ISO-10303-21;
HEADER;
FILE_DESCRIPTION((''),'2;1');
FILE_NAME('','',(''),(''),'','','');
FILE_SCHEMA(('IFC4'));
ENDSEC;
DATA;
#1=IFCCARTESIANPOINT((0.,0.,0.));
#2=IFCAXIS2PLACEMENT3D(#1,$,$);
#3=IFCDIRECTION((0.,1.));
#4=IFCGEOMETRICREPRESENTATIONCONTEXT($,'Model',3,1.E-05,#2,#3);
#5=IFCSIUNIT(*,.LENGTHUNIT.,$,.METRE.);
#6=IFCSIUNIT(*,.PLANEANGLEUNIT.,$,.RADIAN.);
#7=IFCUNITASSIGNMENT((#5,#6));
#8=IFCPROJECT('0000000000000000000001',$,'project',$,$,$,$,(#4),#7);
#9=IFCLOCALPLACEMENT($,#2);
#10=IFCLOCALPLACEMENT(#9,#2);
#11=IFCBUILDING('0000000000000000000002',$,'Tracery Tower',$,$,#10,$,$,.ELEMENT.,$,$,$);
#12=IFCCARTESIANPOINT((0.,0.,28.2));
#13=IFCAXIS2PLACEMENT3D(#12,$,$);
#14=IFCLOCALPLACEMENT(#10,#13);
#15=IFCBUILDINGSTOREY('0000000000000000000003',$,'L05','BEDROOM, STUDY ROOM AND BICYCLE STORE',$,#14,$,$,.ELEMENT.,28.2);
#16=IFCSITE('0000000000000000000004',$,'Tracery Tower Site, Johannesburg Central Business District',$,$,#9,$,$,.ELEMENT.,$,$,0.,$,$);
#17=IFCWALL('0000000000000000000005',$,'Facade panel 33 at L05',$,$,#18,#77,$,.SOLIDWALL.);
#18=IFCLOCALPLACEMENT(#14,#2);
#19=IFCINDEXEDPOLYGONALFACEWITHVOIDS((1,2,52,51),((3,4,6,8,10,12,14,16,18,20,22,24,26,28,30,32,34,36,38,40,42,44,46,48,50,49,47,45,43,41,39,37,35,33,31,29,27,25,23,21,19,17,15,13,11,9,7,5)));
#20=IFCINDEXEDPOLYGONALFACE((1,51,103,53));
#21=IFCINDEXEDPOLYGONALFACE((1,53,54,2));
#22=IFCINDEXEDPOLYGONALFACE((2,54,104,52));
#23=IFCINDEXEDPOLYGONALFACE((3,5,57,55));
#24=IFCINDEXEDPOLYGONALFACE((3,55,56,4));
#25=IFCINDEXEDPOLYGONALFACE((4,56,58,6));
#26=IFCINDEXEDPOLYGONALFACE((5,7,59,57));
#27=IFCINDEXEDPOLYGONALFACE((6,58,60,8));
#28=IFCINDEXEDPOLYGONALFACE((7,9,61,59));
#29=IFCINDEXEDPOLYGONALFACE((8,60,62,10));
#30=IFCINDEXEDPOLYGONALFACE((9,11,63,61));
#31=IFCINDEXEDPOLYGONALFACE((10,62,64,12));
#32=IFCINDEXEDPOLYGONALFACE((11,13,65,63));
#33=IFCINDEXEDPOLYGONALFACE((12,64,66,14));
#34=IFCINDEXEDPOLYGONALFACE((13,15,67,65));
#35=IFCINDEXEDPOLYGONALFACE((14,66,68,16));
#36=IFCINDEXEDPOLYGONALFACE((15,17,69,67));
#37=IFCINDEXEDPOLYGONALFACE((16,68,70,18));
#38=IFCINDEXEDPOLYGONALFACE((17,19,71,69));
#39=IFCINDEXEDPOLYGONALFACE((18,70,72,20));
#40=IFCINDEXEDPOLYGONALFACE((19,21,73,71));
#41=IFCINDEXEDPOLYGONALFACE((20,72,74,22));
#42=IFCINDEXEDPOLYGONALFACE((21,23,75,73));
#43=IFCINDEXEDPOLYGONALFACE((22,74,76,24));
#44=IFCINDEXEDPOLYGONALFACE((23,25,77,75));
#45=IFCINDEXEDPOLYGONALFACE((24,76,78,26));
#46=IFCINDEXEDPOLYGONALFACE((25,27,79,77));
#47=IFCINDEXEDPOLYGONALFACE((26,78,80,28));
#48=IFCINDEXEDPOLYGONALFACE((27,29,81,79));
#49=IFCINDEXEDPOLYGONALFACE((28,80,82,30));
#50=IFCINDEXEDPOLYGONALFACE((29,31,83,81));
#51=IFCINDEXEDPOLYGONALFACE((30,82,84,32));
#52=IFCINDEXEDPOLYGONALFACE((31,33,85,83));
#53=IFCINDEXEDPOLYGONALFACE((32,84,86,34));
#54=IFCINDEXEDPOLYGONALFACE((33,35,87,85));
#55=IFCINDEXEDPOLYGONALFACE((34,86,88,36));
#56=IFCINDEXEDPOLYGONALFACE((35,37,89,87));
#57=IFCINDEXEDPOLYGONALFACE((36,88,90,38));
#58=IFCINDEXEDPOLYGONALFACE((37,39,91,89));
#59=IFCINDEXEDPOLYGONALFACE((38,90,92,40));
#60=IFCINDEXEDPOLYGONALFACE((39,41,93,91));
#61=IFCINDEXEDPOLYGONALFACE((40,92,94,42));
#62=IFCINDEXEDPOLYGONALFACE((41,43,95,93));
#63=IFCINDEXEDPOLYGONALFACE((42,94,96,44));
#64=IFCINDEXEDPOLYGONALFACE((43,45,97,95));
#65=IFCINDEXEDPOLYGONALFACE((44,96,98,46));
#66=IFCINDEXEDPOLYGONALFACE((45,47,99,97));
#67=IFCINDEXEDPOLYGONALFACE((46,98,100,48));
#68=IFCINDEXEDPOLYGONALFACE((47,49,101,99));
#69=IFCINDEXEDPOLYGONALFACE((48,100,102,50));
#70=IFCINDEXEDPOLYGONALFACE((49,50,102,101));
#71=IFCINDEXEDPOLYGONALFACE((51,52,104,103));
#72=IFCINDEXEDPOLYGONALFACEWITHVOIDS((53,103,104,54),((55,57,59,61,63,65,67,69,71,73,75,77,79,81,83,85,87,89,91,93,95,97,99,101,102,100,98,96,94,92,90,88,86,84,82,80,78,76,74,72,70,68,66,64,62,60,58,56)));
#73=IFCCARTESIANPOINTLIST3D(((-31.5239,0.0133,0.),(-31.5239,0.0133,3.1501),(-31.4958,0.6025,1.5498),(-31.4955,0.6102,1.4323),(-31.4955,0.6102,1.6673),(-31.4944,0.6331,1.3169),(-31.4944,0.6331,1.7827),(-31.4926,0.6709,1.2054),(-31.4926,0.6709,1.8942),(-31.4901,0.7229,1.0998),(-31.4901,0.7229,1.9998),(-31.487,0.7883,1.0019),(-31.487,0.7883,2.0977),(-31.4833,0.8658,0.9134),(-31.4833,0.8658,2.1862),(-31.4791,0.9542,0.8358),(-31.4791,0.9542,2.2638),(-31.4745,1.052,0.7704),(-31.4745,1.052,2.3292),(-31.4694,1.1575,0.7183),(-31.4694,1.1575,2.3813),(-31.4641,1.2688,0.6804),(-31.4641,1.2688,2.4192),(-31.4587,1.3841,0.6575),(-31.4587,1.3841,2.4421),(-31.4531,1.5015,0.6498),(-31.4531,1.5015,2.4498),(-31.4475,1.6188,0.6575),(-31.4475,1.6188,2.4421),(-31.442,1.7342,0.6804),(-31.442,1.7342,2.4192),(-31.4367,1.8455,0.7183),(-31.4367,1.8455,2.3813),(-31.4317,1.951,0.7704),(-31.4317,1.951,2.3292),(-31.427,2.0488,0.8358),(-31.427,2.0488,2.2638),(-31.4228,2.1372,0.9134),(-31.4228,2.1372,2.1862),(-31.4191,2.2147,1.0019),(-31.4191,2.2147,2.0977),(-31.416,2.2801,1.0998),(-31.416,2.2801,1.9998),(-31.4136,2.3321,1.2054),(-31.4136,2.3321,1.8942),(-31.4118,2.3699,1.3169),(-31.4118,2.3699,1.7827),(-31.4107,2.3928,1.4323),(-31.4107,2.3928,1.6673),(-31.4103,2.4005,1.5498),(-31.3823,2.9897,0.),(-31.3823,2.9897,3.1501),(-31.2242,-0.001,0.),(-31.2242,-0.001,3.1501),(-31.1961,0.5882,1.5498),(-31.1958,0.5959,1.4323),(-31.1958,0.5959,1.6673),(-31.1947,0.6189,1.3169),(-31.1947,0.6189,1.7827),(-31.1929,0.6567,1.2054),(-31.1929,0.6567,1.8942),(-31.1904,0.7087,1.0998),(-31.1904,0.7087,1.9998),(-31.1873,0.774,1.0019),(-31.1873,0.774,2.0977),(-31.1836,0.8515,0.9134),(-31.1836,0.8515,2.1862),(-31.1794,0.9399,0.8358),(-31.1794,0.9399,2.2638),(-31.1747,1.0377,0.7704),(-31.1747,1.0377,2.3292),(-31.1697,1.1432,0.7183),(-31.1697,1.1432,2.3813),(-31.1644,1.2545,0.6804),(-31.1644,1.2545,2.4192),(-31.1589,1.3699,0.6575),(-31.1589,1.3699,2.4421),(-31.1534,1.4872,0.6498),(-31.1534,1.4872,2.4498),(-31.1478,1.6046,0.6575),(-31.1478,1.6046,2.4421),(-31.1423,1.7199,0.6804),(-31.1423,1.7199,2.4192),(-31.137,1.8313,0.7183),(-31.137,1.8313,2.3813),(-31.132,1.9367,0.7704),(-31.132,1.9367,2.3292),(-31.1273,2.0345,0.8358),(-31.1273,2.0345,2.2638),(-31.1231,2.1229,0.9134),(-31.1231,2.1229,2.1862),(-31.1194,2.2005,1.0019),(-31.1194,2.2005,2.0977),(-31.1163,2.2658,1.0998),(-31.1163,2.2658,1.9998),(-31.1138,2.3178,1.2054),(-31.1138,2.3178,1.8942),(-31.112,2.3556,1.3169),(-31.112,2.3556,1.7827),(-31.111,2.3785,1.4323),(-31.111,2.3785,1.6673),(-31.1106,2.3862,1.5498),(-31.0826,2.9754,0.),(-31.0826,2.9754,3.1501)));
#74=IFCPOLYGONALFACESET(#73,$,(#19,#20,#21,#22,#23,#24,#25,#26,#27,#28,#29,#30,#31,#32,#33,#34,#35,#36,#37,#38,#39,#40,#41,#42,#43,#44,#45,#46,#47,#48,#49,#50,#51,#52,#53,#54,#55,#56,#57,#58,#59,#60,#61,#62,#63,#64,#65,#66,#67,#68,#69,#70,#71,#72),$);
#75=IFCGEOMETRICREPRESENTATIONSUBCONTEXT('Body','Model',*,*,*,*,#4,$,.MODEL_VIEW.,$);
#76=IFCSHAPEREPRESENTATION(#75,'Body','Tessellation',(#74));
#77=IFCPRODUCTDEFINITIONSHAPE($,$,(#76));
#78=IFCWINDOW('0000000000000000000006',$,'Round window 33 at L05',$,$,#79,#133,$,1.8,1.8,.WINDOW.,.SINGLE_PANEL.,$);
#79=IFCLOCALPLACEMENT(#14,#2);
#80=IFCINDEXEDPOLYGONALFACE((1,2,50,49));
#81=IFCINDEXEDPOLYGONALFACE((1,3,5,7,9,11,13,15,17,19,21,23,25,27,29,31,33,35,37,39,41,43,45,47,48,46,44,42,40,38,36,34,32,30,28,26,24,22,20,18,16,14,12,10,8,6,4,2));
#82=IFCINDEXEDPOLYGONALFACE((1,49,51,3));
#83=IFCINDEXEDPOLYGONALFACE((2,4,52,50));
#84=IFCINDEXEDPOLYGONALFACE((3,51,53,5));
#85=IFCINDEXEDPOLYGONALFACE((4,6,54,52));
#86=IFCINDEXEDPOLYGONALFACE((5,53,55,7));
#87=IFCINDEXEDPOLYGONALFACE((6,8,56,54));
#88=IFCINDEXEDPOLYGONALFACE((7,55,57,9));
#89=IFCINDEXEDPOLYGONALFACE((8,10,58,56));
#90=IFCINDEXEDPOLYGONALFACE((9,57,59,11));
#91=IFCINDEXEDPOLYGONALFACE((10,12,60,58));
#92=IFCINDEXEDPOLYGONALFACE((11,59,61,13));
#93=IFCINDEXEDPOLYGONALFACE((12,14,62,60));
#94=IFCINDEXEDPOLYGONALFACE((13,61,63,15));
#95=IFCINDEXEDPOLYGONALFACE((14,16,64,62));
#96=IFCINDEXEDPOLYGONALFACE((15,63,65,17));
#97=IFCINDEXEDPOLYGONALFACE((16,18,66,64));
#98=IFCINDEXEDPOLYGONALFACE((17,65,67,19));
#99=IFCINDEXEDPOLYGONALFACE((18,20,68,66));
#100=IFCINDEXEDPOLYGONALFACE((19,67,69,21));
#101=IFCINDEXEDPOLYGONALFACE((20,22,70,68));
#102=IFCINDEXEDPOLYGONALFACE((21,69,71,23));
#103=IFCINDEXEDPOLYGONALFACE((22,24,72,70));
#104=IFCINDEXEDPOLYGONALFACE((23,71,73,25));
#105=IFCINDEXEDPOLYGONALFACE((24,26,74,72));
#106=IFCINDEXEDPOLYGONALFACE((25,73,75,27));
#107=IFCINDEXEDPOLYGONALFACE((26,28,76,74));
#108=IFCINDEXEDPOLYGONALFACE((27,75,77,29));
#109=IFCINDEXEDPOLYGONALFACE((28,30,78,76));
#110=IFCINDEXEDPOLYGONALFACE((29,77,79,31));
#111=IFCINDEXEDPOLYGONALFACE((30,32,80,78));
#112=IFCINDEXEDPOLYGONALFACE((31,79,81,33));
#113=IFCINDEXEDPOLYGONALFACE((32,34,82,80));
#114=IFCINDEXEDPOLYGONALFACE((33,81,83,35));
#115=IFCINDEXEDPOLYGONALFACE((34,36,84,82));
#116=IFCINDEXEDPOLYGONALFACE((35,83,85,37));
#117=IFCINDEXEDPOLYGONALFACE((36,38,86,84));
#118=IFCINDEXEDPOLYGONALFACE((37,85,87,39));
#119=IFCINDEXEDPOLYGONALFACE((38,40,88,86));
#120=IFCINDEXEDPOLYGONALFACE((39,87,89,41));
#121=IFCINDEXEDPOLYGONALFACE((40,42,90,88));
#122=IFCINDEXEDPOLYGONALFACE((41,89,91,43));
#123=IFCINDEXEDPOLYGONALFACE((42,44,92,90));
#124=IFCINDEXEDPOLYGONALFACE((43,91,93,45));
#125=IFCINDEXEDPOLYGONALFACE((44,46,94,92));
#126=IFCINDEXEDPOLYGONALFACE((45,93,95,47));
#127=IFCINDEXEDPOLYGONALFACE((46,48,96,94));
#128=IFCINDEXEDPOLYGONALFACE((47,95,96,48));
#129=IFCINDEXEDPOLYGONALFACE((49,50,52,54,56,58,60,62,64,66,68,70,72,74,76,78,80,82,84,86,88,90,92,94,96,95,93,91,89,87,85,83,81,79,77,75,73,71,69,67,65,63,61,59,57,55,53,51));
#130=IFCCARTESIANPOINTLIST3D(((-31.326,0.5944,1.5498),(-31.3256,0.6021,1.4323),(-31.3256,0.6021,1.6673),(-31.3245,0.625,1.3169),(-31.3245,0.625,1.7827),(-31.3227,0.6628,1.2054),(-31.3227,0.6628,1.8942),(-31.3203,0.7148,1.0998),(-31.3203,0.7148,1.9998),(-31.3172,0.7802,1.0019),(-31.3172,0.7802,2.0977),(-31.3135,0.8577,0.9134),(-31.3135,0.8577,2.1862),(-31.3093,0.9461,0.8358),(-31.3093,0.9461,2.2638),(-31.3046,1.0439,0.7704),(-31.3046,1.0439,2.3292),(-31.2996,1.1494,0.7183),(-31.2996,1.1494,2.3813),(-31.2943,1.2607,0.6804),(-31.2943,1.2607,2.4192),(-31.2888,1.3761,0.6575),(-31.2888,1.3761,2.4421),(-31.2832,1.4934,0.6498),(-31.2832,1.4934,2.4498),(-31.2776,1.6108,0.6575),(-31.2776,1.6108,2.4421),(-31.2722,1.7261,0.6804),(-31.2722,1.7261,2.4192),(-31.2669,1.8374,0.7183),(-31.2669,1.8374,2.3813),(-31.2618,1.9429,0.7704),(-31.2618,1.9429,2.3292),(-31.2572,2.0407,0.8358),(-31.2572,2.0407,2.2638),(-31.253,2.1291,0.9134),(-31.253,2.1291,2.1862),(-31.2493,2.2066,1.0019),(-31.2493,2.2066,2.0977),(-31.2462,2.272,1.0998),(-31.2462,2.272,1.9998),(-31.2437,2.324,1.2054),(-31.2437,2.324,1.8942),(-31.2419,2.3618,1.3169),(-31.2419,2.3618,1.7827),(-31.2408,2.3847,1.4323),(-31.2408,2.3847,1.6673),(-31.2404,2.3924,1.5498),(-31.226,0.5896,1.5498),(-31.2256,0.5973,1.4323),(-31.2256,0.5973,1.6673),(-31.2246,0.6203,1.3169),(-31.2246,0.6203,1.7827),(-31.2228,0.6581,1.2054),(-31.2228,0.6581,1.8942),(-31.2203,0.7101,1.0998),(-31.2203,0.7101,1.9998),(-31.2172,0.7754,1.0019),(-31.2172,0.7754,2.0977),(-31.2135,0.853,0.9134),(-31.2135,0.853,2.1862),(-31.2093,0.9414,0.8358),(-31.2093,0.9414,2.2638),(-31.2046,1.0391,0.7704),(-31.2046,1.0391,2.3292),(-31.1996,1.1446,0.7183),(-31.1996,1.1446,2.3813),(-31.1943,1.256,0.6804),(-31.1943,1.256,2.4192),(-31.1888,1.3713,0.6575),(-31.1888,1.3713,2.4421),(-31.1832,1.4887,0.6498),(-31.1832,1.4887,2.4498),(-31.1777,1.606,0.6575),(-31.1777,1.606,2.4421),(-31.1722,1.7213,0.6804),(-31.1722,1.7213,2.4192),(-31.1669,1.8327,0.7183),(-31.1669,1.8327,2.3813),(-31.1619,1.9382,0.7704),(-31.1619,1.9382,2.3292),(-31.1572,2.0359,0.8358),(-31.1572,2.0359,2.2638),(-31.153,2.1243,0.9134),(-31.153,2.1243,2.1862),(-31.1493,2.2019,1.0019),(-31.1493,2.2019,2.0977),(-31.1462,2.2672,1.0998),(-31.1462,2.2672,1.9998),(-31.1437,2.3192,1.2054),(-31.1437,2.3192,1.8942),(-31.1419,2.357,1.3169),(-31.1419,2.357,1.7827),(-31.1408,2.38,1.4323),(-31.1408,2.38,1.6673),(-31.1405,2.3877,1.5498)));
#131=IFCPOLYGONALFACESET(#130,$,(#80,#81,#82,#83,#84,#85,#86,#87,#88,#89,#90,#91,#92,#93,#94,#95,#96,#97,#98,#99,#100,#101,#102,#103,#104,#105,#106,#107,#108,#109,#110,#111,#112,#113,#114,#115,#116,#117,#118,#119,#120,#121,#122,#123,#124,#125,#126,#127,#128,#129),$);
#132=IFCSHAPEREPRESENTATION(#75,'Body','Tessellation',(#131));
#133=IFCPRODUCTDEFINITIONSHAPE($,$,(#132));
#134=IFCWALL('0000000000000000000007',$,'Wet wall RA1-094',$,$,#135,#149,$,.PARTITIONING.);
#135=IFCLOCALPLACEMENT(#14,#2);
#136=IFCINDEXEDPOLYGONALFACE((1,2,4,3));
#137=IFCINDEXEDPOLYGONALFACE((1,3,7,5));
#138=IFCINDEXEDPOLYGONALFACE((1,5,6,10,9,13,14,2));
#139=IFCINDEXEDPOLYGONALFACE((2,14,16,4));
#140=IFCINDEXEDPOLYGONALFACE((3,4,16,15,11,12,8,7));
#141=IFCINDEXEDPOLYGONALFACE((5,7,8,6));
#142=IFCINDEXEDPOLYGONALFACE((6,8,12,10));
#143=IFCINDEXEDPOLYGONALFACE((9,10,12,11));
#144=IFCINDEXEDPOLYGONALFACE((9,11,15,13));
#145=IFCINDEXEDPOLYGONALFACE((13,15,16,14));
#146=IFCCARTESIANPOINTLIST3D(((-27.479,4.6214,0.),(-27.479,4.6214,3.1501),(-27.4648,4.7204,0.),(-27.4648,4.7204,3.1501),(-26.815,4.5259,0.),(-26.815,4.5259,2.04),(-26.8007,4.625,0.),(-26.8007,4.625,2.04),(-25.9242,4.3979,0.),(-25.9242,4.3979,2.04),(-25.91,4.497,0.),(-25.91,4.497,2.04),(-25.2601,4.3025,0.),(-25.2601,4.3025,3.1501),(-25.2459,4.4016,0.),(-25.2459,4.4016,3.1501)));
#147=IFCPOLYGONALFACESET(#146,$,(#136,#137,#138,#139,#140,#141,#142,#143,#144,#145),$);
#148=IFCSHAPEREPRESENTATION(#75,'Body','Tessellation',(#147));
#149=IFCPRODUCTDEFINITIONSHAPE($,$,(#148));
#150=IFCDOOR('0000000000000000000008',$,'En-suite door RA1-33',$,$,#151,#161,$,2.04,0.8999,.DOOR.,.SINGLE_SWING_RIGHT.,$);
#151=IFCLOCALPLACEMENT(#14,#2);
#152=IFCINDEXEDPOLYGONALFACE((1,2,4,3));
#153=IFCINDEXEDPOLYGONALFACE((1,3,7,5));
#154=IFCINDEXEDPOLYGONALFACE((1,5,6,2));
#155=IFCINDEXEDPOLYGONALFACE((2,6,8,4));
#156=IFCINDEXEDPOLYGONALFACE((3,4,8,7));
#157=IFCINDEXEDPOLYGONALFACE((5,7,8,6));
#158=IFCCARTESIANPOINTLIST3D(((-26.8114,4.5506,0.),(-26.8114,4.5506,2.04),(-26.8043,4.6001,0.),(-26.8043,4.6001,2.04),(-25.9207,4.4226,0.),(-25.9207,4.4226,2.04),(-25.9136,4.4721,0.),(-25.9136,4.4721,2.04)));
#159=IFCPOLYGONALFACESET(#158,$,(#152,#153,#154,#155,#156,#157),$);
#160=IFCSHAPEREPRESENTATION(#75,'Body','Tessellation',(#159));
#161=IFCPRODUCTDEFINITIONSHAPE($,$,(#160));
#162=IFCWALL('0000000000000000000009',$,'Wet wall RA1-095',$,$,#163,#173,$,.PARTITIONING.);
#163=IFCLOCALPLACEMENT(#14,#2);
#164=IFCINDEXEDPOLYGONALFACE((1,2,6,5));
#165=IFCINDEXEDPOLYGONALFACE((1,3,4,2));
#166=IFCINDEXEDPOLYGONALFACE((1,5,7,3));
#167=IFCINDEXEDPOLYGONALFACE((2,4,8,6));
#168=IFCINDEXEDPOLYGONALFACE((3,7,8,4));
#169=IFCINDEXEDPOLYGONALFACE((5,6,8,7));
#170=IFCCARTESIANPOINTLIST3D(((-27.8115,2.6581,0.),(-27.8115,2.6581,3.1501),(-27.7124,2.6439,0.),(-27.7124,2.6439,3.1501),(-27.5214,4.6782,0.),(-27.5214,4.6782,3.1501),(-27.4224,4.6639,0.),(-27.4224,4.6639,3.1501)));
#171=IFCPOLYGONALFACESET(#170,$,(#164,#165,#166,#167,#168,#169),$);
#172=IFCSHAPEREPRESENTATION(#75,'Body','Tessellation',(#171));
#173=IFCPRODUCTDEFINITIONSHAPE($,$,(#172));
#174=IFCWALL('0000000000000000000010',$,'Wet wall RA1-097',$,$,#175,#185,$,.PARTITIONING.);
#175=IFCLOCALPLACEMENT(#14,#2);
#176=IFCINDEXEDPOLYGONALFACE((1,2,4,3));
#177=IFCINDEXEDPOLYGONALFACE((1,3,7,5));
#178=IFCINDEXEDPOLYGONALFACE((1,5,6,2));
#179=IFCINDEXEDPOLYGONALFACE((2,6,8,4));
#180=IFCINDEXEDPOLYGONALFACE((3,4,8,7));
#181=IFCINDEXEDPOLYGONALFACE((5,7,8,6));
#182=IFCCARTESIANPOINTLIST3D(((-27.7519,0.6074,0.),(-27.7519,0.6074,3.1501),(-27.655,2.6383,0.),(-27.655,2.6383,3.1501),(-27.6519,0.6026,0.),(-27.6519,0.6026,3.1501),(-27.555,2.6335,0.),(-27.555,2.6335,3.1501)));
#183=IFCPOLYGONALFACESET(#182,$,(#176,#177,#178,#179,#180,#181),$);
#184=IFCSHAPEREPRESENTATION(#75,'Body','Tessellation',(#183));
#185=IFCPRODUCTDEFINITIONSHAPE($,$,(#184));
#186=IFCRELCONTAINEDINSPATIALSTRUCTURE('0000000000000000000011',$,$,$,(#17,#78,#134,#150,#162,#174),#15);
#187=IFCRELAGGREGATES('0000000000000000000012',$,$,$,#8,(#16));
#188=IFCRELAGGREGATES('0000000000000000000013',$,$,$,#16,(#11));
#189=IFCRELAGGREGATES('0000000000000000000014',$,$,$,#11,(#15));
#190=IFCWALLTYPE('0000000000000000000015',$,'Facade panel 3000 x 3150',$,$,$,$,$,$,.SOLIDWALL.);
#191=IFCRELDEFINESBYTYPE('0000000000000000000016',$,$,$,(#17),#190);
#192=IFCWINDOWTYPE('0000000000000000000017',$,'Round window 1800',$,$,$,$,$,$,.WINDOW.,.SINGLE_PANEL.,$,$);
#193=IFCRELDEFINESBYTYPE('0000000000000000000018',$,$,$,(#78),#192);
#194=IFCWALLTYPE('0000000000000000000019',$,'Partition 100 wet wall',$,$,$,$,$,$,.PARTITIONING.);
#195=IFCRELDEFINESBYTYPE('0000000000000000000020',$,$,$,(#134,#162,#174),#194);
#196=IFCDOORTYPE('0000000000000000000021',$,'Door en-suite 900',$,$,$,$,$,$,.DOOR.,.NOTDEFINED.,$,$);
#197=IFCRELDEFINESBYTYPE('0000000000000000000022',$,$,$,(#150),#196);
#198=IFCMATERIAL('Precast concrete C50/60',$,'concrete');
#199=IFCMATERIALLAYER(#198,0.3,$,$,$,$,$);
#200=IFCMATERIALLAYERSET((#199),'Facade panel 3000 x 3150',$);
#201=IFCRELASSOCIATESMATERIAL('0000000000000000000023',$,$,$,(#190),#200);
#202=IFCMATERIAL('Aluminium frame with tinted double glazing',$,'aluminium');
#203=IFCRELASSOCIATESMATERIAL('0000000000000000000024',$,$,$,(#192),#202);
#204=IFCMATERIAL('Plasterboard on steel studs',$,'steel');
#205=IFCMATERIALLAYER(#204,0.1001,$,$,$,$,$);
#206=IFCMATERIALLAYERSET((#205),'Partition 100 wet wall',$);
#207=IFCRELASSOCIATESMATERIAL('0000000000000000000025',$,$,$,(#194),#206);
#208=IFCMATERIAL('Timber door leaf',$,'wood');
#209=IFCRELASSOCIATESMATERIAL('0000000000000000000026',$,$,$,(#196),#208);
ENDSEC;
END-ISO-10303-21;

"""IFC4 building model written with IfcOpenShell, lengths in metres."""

from ifc_helpers import new_model, si_unit, direction, frame, frame_2d, origin, origin_2d, place, context, subcontext, project, spatial, rectangle, circle, extrude, material, layer, layer_set, type_object, element, fill, save


model = new_model("IFC4")

# Units and contexts
model_context = context("Model", 3, precision=1e-05, world=origin(), true_north=direction((0.0, 1.0)))
body_context = subcontext(model_context, "Body", "Model", "MODEL_VIEW")
ifc_project = project(units=[si_unit("LENGTHUNIT", "METRE"), si_unit("PLANEANGLEUNIT", "RADIAN")], contexts=[model_context])

# Site, building, storey
site_placement = place(None, origin())
site = spatial("IfcSite", under=ifc_project, at=site_placement, Name="Tracery Tower Site, Johannesburg Central Business District", CompositionType="ELEMENT", RefElevation=0.0)
building_placement = place(site_placement, origin())
building = spatial("IfcBuilding", under=site, at=building_placement, Name="Tracery Tower", CompositionType="ELEMENT")
storey_placement = place(building_placement, frame((0.0, 0.0, 28.2)))
storey = spatial("IfcBuildingStorey", under=building, at=storey_placement, Name="L05", Description="BEDROOM, STUDY ROOM AND BICYCLE STORE", CompositionType="ELEMENT", Elevation=28.2)

# Wall, opening, window
ifc_material_1 = material(Name="Precast concrete C50/60", Category="concrete")
ifc_layer_1 = layer(ifc_material_1, 0.3)
ifc_layer_set_1 = layer_set([ifc_layer_1], Name="Facade panel 3000 x 3150")
wall_type_1 = type_object("IfcWallType", Name="Facade panel 3000 x 3150", PredefinedType="SOLIDWALL", material=ifc_layer_set_1)
ifc_material_2 = material(Name="Aluminium frame with tinted double glazing", Category="aluminium")
window_type = type_object("IfcWindowType", Name="Round window 1800", PartitioningType="SINGLE_PANEL", PredefinedType="WINDOW", material=ifc_material_2)
wall_1_placement = place(storey_placement, frame((-31.2324, 2.9824, 0.0), z_axis=(0.0, 0.0, 1.0), x_axis=(-0.047522, -0.99887, 0.0)))
wall_1 = element("IfcWall", 1, at=wall_1_placement, inside=storey, type_object=wall_type_1, Name="Facade panel 33 at L05", PredefinedType="SOLIDWALL", context=body_context, shape_type="SweptSolid", body=[
    extrude(rectangle(XDim=2.9797, YDim=0.3, at=frame_2d((1.4897, 0.0))), origin(), (0.0, 0.0, 1.0), 3.1501),
])
opening_1_placement = place(wall_1_placement, frame((1.4897, 0.0, 1.5498)))
opening_1 = element("IfcOpeningElement", 2, at=opening_1_placement, cuts=wall_1, PredefinedType="OPENING", context=body_context, shape_type="SweptSolid", body=[
    extrude(circle(Radius=0.9, at=origin_2d()), frame((0.0, 0.1599, 0.0), z_axis=(0.0, -1.0, 0.0), x_axis=(1.0, 0.0, 0.0)), (0.0, 0.0, 1.0), 0.3201),
])
window_1_placement = place(opening_1_placement, origin())
window_1 = element("IfcWindow", 3, at=window_1_placement, inside=storey, type_object=window_type, Name="Round window 33 at L05", OverallHeight=1.8, OverallWidth=1.8, PartitioningType="SINGLE_PANEL", PredefinedType="WINDOW", context=body_context, shape_type="SweptSolid", body=[
    extrude(circle(Radius=0.9, at=origin_2d()), frame((0.0, 0.1201, 0.0), z_axis=(0.0, -1.0, 0.0), x_axis=(1.0, 0.0, 0.0)), (0.0, 0.0, 1.0), 0.1001),
])
fill(opening_1, window_1)

# Wall, opening, door
ifc_material_3 = material(Name="Plasterboard on steel studs", Category="steel")
ifc_layer_2 = layer(ifc_material_3, 0.1001)
ifc_layer_set_2 = layer_set([ifc_layer_2], Name="Partition 100 wet wall")
wall_type_2 = type_object("IfcWallType", Name="Partition 100 wet wall", PredefinedType="PARTITIONING", material=ifc_layer_set_2)
wall_2_placement = place(storey_placement, frame((-27.4719, 4.6709, 0.0), z_axis=(0.0, 0.0, 1.0), x_axis=(0.989834, -0.142229, 0.0)))
wall_2 = element("IfcWall", 4, at=wall_2_placement, inside=storey, type_object=wall_type_2, Name="Wet wall RA1-094", PredefinedType="PARTITIONING", context=body_context, shape_type="SweptSolid", body=[
    extrude(rectangle(XDim=2.2417, YDim=0.1001, at=frame_2d((1.1208, 0.0))), origin(), (0.0, 0.0, 1.0), 3.1501),
])
opening_2_placement = place(wall_2_placement, frame((0.6709, 0.0, 0.0)))
opening_2 = element("IfcOpeningElement", 5, at=opening_2_placement, cuts=wall_2, PredefinedType="OPENING", context=body_context, shape_type="SweptSolid", body=[
    extrude(rectangle(XDim=0.8999, YDim=2.04, at=frame_2d((0.45, 1.02))), frame((0.0, 0.05, 0.0), z_axis=(0.0, -1.0, 0.0), x_axis=(1.0, 0.0, 0.0)), (0.0, 0.0, 1.0), 0.1001),
])
ifc_material_4 = material(Name="Timber door leaf", Category="wood")
door_type = type_object("IfcDoorType", Name="Door en-suite 900", OperationType="NOTDEFINED", PredefinedType="DOOR", material=ifc_material_4)
door_1_placement = place(opening_2_placement, origin())
door_1 = element("IfcDoor", 6, at=door_1_placement, inside=storey, type_object=door_type, Name="En-suite door RA1-33", OperationType="SINGLE_SWING_RIGHT", OverallHeight=2.04, OverallWidth=0.8999, PredefinedType="DOOR", context=body_context, shape_type="SweptSolid", body=[
    extrude(rectangle(XDim=0.8999, YDim=2.04, at=frame_2d((0.45, 1.02))), frame((0.0, 0.0249, 0.0), z_axis=(0.0, -1.0, 0.0), x_axis=(1.0, 0.0, 0.0)), (0.0, 0.0, 1.0), 0.05),
])
fill(opening_2, door_1)

# Walls
wall_3_placement = place(storey_placement, frame((-27.762, 2.6509, 0.0), z_axis=(0.0, 0.0, 1.0), x_axis=(0.142125, 0.989849, 0.0)))
element("IfcWall", 7, at=wall_3_placement, inside=storey, type_object=wall_type_2, Name="Wet wall RA1-095", PredefinedType="PARTITIONING", context=body_context, shape_type="SweptSolid", body=[
    extrude(rectangle(XDim=2.0408, YDim=0.1001, at=frame_2d((1.0205, 0.0))), origin(), (0.0, 0.0, 1.0), 3.1501),
])
wall_4_placement = place(storey_placement, frame((-27.7019, 0.605, 0.0), z_axis=(0.0, 0.0, 1.0), x_axis=(0.047668, 0.998863, 0.0)))
element("IfcWall", 8, at=wall_4_placement, inside=storey, type_object=wall_type_2, Name="Wet wall RA1-097", PredefinedType="PARTITIONING", context=body_context, shape_type="SweptSolid", body=[
    extrude(rectangle(XDim=2.0332, YDim=0.1001, at=frame_2d((1.0166, 0.0))), origin(), (0.0, 0.0, 1.0), 3.1501),
])

save(model, "model.ifc")
